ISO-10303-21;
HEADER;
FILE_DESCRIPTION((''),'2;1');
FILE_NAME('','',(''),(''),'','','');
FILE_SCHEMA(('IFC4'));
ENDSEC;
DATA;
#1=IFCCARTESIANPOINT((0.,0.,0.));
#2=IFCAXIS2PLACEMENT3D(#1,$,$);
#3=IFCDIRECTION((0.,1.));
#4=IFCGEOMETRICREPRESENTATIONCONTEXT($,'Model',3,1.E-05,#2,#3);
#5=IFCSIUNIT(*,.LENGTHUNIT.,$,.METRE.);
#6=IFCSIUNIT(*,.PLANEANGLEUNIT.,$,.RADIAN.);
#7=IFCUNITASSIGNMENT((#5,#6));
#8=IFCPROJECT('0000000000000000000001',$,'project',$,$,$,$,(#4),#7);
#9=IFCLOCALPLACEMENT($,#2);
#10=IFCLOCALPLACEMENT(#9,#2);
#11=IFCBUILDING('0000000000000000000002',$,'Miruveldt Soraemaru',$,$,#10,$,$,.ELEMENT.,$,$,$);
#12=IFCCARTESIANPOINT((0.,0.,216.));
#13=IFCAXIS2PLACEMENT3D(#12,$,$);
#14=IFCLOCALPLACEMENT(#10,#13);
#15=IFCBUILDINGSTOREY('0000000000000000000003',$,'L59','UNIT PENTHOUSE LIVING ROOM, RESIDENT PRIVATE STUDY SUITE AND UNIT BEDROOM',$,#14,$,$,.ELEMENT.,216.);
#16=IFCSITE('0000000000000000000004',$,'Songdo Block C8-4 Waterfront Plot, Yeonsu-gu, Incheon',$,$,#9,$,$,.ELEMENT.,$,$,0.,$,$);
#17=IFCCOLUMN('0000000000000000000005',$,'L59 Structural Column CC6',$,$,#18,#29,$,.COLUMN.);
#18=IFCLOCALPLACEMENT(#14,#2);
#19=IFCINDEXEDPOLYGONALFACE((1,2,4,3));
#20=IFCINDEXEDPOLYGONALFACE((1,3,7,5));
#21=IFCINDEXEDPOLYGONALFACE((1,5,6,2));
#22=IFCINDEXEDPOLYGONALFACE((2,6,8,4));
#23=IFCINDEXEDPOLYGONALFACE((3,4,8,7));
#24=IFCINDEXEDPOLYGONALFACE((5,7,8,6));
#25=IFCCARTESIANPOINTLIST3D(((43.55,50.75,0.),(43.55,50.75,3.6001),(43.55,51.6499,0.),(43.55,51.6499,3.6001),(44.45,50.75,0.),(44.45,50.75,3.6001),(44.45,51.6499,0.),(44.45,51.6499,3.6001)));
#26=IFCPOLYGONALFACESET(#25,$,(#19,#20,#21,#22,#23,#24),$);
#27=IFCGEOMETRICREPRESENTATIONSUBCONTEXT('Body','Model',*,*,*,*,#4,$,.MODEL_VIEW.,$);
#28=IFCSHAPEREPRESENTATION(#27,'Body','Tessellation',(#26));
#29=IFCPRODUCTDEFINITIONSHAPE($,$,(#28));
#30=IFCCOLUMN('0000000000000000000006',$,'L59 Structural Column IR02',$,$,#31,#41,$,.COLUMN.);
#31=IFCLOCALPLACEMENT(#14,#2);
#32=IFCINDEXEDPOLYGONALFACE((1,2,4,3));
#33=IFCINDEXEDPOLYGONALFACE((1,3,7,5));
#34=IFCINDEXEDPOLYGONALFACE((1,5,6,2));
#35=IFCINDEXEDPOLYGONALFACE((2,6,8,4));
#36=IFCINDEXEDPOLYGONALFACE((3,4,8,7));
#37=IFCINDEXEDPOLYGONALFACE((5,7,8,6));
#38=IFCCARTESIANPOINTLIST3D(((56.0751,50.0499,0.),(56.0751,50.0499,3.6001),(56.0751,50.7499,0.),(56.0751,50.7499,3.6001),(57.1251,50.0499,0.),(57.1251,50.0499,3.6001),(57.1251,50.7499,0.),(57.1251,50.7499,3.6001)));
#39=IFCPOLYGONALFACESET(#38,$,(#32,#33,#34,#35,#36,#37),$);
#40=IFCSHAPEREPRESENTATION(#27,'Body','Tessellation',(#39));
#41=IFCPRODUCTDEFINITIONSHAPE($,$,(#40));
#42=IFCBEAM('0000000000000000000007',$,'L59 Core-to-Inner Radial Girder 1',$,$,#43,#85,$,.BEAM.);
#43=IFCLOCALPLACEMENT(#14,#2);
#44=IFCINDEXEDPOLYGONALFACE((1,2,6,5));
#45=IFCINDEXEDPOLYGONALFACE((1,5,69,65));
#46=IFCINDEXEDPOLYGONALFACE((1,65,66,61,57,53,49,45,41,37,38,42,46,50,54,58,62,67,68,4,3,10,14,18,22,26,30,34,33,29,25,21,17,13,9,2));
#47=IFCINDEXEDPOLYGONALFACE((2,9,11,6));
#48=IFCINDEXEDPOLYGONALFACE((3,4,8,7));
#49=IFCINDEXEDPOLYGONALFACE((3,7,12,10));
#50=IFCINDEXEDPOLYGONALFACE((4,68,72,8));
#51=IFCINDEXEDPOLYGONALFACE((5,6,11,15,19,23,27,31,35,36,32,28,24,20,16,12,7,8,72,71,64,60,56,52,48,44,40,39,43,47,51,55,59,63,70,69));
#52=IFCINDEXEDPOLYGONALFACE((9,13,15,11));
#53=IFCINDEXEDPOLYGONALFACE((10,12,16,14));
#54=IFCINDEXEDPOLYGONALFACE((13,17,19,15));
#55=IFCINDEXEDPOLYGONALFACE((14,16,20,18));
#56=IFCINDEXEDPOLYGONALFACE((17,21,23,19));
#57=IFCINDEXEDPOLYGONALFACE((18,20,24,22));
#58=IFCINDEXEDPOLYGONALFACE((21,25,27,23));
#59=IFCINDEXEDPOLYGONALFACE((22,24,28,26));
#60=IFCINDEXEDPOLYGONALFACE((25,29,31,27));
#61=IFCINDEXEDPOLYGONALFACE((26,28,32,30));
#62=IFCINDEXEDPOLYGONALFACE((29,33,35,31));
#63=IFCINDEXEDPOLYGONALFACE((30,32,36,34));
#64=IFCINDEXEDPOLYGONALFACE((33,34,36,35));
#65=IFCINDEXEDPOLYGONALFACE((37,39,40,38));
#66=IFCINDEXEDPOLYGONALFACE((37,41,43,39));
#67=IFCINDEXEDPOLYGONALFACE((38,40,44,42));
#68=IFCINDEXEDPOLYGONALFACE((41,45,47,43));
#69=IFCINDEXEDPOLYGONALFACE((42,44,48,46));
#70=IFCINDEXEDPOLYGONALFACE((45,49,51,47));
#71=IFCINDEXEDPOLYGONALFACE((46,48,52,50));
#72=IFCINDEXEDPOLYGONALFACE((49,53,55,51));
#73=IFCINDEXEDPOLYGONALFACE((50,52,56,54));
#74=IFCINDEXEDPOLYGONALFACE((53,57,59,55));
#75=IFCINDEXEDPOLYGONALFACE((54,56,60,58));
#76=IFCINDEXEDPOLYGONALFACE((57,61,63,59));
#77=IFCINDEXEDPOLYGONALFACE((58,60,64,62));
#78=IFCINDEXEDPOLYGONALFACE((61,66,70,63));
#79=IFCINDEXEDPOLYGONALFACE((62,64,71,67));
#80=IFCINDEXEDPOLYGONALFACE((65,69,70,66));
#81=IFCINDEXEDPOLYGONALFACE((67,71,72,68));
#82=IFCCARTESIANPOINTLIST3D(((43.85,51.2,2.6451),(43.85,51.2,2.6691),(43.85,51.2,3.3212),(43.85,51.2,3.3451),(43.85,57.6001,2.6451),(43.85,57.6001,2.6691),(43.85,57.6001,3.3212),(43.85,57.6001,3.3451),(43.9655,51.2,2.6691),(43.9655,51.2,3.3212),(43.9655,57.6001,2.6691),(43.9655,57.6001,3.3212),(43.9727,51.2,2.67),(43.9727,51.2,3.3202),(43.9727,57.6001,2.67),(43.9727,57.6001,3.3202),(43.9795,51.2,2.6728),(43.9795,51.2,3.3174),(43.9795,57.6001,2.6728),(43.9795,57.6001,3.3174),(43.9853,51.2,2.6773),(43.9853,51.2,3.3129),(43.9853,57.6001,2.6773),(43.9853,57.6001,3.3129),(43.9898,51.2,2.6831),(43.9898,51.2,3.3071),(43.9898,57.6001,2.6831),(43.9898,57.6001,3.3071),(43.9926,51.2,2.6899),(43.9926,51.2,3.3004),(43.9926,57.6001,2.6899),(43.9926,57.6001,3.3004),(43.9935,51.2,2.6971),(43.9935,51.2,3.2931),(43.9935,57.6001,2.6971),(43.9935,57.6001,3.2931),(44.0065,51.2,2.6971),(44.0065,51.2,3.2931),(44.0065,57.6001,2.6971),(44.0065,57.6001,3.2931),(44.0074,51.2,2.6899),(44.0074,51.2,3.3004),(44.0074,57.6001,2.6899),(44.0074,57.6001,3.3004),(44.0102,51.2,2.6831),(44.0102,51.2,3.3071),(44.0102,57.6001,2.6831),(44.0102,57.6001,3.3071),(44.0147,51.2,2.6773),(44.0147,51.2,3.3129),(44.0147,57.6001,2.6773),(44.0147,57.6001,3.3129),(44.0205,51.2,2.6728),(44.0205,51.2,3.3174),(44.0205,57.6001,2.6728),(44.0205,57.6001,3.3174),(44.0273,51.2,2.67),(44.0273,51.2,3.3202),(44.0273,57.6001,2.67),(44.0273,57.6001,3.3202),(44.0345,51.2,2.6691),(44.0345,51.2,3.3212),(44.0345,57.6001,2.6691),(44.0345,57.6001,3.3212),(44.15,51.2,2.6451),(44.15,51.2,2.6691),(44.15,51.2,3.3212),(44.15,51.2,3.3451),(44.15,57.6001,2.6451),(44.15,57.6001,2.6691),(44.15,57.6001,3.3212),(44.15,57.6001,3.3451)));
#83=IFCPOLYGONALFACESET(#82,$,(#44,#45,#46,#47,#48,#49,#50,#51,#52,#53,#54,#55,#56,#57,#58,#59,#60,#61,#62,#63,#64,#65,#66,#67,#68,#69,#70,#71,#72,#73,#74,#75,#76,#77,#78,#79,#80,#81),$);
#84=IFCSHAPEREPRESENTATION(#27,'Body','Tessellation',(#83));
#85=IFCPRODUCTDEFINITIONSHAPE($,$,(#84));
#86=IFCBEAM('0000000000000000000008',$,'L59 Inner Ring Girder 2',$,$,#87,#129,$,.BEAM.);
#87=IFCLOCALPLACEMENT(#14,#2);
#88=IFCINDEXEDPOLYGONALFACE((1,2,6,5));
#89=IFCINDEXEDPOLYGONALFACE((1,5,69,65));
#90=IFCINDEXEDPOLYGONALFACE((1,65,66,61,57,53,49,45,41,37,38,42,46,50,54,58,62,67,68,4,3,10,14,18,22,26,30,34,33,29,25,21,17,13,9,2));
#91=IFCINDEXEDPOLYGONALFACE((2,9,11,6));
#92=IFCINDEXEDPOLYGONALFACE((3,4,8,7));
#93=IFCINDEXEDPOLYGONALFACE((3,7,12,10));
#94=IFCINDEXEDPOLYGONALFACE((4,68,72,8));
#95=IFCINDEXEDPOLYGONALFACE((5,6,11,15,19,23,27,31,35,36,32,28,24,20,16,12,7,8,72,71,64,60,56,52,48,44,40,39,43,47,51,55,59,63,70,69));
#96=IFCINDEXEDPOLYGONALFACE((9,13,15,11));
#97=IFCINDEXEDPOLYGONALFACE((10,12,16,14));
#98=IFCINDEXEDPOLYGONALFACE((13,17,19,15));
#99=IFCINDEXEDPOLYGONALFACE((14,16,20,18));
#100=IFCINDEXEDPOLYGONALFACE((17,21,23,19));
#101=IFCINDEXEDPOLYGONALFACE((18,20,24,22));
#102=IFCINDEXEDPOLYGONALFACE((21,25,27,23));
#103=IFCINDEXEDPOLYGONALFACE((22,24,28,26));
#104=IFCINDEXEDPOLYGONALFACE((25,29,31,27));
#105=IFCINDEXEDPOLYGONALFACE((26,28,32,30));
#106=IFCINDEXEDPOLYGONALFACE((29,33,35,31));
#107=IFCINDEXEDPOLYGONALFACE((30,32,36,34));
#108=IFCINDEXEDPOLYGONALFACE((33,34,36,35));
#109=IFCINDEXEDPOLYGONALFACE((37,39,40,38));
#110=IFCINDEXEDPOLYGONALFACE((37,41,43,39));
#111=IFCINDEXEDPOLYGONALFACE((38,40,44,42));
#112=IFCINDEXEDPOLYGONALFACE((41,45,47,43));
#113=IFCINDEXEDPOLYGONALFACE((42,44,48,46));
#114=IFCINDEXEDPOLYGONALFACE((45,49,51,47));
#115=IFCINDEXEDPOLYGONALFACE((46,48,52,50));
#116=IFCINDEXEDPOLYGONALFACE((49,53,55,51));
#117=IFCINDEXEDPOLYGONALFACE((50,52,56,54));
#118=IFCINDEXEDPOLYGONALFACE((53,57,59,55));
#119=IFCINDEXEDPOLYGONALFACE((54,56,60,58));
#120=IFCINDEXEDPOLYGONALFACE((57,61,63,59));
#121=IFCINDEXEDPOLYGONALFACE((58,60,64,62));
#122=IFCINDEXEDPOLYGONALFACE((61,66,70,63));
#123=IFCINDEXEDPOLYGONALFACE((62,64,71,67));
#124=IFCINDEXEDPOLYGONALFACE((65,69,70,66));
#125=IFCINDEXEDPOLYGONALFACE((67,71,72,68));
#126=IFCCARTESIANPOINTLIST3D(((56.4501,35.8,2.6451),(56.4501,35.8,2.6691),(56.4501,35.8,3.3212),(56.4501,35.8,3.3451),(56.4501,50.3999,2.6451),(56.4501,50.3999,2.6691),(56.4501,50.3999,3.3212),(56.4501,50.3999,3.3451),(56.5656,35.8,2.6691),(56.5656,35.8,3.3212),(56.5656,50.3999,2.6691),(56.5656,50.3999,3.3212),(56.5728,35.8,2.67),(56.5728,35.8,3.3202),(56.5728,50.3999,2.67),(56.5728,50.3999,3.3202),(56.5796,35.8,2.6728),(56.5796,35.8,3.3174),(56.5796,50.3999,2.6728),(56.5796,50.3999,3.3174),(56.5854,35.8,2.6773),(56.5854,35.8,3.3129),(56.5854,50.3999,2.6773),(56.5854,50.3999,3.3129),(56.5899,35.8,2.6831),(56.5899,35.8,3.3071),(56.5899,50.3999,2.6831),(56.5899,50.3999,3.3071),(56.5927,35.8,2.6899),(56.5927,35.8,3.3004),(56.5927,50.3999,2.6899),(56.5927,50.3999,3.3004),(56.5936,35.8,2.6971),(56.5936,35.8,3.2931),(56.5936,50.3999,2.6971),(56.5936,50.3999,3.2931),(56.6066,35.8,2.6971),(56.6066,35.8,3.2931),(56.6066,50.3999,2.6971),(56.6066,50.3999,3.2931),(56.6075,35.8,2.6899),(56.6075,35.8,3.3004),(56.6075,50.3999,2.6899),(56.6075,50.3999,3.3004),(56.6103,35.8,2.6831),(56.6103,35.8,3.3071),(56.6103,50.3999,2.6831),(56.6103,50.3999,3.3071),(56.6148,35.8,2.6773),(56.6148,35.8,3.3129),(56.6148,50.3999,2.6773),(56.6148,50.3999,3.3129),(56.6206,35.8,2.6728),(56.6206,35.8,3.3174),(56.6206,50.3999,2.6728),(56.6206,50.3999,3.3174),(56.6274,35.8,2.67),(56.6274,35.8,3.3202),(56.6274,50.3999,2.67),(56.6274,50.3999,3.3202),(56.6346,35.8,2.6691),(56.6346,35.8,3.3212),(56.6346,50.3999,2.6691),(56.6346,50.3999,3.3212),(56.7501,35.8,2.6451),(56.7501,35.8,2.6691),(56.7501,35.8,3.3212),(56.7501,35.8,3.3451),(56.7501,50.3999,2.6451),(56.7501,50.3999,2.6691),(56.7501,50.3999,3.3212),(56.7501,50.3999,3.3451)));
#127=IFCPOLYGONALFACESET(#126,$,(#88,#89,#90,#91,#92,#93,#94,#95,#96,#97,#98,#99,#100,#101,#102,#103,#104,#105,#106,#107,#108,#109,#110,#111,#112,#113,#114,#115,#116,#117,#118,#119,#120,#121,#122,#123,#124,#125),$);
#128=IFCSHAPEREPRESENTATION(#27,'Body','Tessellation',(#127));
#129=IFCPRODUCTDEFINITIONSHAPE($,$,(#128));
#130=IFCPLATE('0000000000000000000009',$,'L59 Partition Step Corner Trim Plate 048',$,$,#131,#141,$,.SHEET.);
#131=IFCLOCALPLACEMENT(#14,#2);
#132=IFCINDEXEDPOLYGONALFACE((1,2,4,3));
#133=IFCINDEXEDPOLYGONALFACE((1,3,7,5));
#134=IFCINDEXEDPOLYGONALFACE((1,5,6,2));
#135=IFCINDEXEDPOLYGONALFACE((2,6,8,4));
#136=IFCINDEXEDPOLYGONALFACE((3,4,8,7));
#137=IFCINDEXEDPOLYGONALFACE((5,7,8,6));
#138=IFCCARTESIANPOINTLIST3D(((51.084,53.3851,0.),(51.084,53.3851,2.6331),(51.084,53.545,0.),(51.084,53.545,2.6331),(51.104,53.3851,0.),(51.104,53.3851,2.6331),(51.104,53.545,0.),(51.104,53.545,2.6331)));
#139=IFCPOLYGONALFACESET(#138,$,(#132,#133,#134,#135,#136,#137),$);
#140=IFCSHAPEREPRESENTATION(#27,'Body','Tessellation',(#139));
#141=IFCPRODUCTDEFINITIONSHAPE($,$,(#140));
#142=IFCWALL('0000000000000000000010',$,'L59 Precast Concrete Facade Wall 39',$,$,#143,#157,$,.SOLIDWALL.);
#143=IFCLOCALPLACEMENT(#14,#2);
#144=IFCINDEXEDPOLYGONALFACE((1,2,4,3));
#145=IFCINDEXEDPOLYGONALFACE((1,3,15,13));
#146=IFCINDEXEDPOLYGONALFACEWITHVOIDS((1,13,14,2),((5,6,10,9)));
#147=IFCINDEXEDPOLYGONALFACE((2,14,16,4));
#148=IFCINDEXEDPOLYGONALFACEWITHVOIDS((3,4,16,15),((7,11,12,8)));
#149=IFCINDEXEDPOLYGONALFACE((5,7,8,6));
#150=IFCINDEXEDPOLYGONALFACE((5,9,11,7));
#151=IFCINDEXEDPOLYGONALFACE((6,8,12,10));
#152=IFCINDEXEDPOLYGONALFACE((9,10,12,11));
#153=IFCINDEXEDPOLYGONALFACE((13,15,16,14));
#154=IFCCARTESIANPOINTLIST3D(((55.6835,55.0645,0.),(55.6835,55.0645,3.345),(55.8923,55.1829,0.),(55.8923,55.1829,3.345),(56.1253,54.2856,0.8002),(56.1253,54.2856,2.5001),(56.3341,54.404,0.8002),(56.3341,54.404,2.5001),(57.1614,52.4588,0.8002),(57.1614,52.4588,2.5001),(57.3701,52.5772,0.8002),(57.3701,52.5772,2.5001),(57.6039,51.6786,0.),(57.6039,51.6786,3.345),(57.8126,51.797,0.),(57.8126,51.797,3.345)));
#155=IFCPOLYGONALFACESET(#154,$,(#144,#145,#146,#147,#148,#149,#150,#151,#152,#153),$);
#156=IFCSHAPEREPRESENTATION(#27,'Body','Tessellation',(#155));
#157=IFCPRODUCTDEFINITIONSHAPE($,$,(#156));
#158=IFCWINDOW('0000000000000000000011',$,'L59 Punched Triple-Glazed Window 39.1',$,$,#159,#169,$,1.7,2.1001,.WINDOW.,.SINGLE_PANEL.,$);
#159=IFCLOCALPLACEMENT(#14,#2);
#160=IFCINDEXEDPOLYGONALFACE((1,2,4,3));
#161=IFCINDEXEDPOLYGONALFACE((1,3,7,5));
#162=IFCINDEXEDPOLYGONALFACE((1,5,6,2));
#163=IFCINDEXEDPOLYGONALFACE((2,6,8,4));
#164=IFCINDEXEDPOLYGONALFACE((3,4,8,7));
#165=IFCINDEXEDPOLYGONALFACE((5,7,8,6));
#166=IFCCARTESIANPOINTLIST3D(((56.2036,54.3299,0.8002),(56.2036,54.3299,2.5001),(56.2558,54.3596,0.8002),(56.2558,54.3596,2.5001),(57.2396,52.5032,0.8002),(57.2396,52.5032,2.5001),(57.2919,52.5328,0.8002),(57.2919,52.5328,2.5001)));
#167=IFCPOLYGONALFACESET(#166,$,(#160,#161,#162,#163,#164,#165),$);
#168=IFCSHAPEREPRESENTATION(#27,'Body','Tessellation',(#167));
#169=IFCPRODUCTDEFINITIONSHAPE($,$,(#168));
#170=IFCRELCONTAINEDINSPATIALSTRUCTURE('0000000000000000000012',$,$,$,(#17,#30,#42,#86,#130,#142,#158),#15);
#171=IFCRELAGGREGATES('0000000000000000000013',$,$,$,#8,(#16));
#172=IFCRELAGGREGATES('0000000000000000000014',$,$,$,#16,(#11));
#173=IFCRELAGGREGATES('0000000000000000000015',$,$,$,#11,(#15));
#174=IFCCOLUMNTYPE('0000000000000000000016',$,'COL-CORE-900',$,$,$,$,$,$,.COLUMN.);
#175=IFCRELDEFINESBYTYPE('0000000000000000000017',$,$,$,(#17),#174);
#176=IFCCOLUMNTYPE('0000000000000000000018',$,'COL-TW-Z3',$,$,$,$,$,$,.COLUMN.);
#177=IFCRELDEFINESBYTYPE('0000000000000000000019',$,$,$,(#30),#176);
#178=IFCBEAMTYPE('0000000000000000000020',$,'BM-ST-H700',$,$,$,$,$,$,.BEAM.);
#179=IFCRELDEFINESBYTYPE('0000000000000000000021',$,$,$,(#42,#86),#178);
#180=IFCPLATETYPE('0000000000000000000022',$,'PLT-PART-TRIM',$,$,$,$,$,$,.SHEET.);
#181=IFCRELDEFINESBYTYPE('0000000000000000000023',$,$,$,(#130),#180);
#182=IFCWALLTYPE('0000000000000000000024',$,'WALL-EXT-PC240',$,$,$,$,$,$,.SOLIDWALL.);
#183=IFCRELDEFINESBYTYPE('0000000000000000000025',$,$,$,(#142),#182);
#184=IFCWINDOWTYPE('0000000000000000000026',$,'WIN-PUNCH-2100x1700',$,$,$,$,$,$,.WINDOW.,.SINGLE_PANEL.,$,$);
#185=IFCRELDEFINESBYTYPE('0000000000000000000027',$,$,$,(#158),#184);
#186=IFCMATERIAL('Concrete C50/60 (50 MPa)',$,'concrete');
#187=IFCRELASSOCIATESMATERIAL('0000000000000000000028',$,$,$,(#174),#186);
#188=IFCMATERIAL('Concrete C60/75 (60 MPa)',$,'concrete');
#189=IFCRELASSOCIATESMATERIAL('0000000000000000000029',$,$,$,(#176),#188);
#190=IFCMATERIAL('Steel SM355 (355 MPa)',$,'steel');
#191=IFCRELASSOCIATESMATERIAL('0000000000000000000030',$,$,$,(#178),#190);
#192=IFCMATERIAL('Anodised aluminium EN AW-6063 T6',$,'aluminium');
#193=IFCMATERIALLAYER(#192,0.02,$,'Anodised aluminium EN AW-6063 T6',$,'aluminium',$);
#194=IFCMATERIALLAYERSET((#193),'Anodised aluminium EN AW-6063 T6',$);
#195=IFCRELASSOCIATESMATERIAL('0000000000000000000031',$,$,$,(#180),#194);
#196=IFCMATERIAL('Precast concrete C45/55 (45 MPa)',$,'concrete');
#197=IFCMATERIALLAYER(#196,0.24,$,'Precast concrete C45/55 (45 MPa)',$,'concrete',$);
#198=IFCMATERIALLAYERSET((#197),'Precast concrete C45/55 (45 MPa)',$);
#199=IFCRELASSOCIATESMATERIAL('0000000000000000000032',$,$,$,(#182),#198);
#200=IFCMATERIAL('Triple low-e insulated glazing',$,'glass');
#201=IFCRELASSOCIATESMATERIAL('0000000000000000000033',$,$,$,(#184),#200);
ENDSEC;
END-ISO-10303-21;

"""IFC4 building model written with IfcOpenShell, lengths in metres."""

from ifc_helpers import new_model, si_unit, direction, frame, frame_2d, origin, origin_2d, place, context, subcontext, project, spatial, rectangle, i_section, extrude, material, layer, layer_set, material_profile, profile_set, type_object, element, fill, save


model = new_model("IFC4")

# Units and contexts
model_context = context("Model", 3, precision=1e-05, world=origin(), true_north=direction((0.0, 1.0)))
body_context = subcontext(model_context, "Body", "Model", "MODEL_VIEW")
ifc_project = project(units=[si_unit("LENGTHUNIT", "METRE"), si_unit("PLANEANGLEUNIT", "RADIAN")], contexts=[model_context])

# Site, building, storey
site_placement = place(None, origin())
site = spatial("IfcSite", under=ifc_project, at=site_placement, Name="Songdo Block C8-4 Waterfront Plot, Yeonsu-gu, Incheon", CompositionType="ELEMENT", RefElevation=0.0)
building_placement = place(site_placement, origin())
building = spatial("IfcBuilding", under=site, at=building_placement, Name="Miruveldt Soraemaru", CompositionType="ELEMENT")
storey_placement = place(building_placement, frame((0.0, 0.0, 216.0)))
storey = spatial("IfcBuildingStorey", under=building, at=storey_placement, Name="L59", Description="UNIT PENTHOUSE LIVING ROOM, RESIDENT PRIVATE STUDY SUITE AND UNIT BEDROOM", CompositionType="ELEMENT", Elevation=216.0)

# Columns
ifc_material_1 = material(Name="Concrete C50/60 (50 MPa)", Category="concrete")
ifc_material_profile_1 = material_profile(ifc_material_1, rectangle(XDim=0.8999, YDim=0.8999, at=origin_2d()), Name="Concrete C50/60 (50 MPa)", Category="concrete")
ifc_profile_set_1 = profile_set([ifc_material_profile_1], Name="Concrete C50/60 (50 MPa)")
column_type_1 = type_object("IfcColumnType", Name="COL-CORE-900", PredefinedType="COLUMN", material=ifc_profile_set_1)
column_1_placement = place(storey_placement, frame((44.0, 51.2, 0.0), z_axis=(0.0, 0.0, 1.0), x_axis=(1.0, 0.0, 0.0)))
element("IfcColumn", 1, at=column_1_placement, inside=storey, type_object=column_type_1, Name="L59 Structural Column CC6", PredefinedType="COLUMN", context=body_context, shape_type="SweptSolid", body=[
    extrude(rectangle(XDim=0.8999, YDim=0.8999, at=origin_2d()), origin(), (0.0, 0.0, 1.0), 3.6001),
])
ifc_material_2 = material(Name="Concrete C60/75 (60 MPa)", Category="concrete")
ifc_material_profile_2 = material_profile(ifc_material_2, rectangle(XDim=1.05, YDim=0.7, at=origin_2d()), Name="Concrete C60/75 (60 MPa)", Category="concrete")
ifc_profile_set_2 = profile_set([ifc_material_profile_2], Name="Concrete C60/75 (60 MPa)")
column_type_2 = type_object("IfcColumnType", Name="COL-TW-Z3", PredefinedType="COLUMN", material=ifc_profile_set_2)
column_2_placement = place(storey_placement, frame((56.6001, 50.3999, 0.0), z_axis=(0.0, 0.0, 1.0), x_axis=(1.0, 0.0, 0.0)))
element("IfcColumn", 2, at=column_2_placement, inside=storey, type_object=column_type_2, Name="L59 Structural Column IR02", PredefinedType="COLUMN", context=body_context, shape_type="SweptSolid", body=[
    extrude(rectangle(XDim=1.05, YDim=0.7, at=origin_2d()), origin(), (0.0, 0.0, 1.0), 3.6001),
])

# Beams
ifc_material_3 = material(Name="Steel SM355 (355 MPa)", Category="steel")
ifc_material_profile_3 = material_profile(ifc_material_3, i_section(OverallWidth=0.3, OverallDepth=0.7, WebThickness=0.0129, FlangeThickness=0.0239, FilletRadius=0.0281, at=origin_2d()), Name="Steel SM355 (355 MPa)", Category="steel")
ifc_profile_set_3 = profile_set([ifc_material_profile_3], Name="Steel SM355 (355 MPa)")
beam_type = type_object("IfcBeamType", Name="BM-ST-H700", PredefinedType="BEAM", material=ifc_profile_set_3)
beam_1_placement = place(storey_placement, frame((44.0, 51.2, 2.9951), z_axis=(0.0, 1.0, 0.0), x_axis=(-1.0, 0.0, 0.0)))
element("IfcBeam", 3, at=beam_1_placement, inside=storey, type_object=beam_type, Name="L59 Core-to-Inner Radial Girder 1", PredefinedType="BEAM", context=body_context, shape_type="SweptSolid", body=[
    extrude(i_section(OverallWidth=0.3, OverallDepth=0.7, WebThickness=0.0129, FlangeThickness=0.0239, FilletRadius=0.0281, at=origin_2d()), origin(), (0.0, 0.0, 1.0), 6.4001),
])
beam_2_placement = place(storey_placement, frame((56.6001, 50.3999, 2.9951), z_axis=(0.0, -1.0, 0.0), x_axis=(1.0, 0.0, 0.0)))
element("IfcBeam", 4, at=beam_2_placement, inside=storey, type_object=beam_type, Name="L59 Inner Ring Girder 2", PredefinedType="BEAM", context=body_context, shape_type="SweptSolid", body=[
    extrude(i_section(OverallWidth=0.3, OverallDepth=0.7, WebThickness=0.0129, FlangeThickness=0.0239, FilletRadius=0.0281, at=origin_2d()), origin(), (0.0, 0.0, 1.0), 14.5999),
])

# Plate
ifc_material_4 = material(Name="Anodised aluminium EN AW-6063 T6", Category="aluminium")
ifc_layer_1 = layer(ifc_material_4, 0.02, Name="Anodised aluminium EN AW-6063 T6", Category="aluminium")
ifc_layer_set_1 = layer_set([ifc_layer_1], Name="Anodised aluminium EN AW-6063 T6")
plate_type = type_object("IfcPlateType", Name="PLT-PART-TRIM", PredefinedType="SHEET", material=ifc_layer_set_1)
plate_placement = place(storey_placement, frame((51.094, 53.4651, 0.0), z_axis=(0.0, 0.0, 1.0), x_axis=(0.0, -1.0, 0.0)))
element("IfcPlate", 5, at=plate_placement, inside=storey, type_object=plate_type, Name="L59 Partition Step Corner Trim Plate 048", PredefinedType="SHEET", context=body_context, shape_type="SweptSolid", body=[
    extrude(rectangle(XDim=0.1599, YDim=0.02, at=origin_2d()), origin(), (0.0, 0.0, 1.0), 2.6331),
])

# Wall, opening, window
ifc_material_5 = material(Name="Precast concrete C45/55 (45 MPa)", Category="concrete")
ifc_layer_2 = layer(ifc_material_5, 0.24, Name="Precast concrete C45/55 (45 MPa)", Category="concrete")
ifc_layer_set_2 = layer_set([ifc_layer_2], Name="Precast concrete C45/55 (45 MPa)")
wall_type_1 = type_object("IfcWallType", Name="WALL-EXT-PC240", PredefinedType="SOLIDWALL", material=ifc_layer_set_2)
wall_1_placement = place(storey_placement, frame((57.7083, 51.7378, 0.0), z_axis=(0.0, 0.0, 1.0), x_axis=(-0.49334, 0.869837, 0.0)))
wall_1 = element("IfcWall", 6, at=wall_1_placement, inside=storey, type_object=wall_type_1, Name="L59 Precast Concrete Facade Wall 39", PredefinedType="SOLIDWALL", context=body_context, shape_type="SweptSolid", body=[
    extrude(rectangle(XDim=3.8926, YDim=0.24, at=frame_2d((1.9463, 0.0))), origin(), (0.0, 0.0, 1.0), 3.345),
])
opening_1_placement = place(wall_1_placement, frame((0.897, 0.0, 0.8)))
opening_1 = element("IfcOpeningElement", 7, at=opening_1_placement, cuts=wall_1, PredefinedType="OPENING", context=body_context, shape_type="SweptSolid", body=[
    extrude(rectangle(XDim=2.1001, YDim=1.7, at=frame_2d((1.05, 0.8501))), frame((0.0, 0.1299, 0.0), z_axis=(0.0, -1.0, 0.0), x_axis=(1.0, 0.0, 0.0)), (0.0, 0.0, 1.0), 0.26),
])
ifc_material_6 = material(Name="Triple low-e insulated glazing", Category="glass")
window_type = type_object("IfcWindowType", Name="WIN-PUNCH-2100x1700", PartitioningType="SINGLE_PANEL", PredefinedType="WINDOW", material=ifc_material_6)
window_placement = place(opening_1_placement, origin())
window = element("IfcWindow", 8, at=window_placement, inside=storey, type_object=window_type, Name="L59 Punched Triple-Glazed Window 39.1", OverallHeight=1.7, OverallWidth=2.1001, PartitioningType="SINGLE_PANEL", PredefinedType="WINDOW", context=body_context, shape_type="SweptSolid", body=[
    extrude(rectangle(XDim=2.1001, YDim=1.7, at=frame_2d((1.05, 0.8501))), frame((0.0, 0.03, 0.0), z_axis=(0.0, -1.0, 0.0), x_axis=(1.0, 0.0, 0.0)), (0.0, 0.0, 1.0), 0.0601),
])
fill(opening_1, window)

save(model, "model.ifc")
